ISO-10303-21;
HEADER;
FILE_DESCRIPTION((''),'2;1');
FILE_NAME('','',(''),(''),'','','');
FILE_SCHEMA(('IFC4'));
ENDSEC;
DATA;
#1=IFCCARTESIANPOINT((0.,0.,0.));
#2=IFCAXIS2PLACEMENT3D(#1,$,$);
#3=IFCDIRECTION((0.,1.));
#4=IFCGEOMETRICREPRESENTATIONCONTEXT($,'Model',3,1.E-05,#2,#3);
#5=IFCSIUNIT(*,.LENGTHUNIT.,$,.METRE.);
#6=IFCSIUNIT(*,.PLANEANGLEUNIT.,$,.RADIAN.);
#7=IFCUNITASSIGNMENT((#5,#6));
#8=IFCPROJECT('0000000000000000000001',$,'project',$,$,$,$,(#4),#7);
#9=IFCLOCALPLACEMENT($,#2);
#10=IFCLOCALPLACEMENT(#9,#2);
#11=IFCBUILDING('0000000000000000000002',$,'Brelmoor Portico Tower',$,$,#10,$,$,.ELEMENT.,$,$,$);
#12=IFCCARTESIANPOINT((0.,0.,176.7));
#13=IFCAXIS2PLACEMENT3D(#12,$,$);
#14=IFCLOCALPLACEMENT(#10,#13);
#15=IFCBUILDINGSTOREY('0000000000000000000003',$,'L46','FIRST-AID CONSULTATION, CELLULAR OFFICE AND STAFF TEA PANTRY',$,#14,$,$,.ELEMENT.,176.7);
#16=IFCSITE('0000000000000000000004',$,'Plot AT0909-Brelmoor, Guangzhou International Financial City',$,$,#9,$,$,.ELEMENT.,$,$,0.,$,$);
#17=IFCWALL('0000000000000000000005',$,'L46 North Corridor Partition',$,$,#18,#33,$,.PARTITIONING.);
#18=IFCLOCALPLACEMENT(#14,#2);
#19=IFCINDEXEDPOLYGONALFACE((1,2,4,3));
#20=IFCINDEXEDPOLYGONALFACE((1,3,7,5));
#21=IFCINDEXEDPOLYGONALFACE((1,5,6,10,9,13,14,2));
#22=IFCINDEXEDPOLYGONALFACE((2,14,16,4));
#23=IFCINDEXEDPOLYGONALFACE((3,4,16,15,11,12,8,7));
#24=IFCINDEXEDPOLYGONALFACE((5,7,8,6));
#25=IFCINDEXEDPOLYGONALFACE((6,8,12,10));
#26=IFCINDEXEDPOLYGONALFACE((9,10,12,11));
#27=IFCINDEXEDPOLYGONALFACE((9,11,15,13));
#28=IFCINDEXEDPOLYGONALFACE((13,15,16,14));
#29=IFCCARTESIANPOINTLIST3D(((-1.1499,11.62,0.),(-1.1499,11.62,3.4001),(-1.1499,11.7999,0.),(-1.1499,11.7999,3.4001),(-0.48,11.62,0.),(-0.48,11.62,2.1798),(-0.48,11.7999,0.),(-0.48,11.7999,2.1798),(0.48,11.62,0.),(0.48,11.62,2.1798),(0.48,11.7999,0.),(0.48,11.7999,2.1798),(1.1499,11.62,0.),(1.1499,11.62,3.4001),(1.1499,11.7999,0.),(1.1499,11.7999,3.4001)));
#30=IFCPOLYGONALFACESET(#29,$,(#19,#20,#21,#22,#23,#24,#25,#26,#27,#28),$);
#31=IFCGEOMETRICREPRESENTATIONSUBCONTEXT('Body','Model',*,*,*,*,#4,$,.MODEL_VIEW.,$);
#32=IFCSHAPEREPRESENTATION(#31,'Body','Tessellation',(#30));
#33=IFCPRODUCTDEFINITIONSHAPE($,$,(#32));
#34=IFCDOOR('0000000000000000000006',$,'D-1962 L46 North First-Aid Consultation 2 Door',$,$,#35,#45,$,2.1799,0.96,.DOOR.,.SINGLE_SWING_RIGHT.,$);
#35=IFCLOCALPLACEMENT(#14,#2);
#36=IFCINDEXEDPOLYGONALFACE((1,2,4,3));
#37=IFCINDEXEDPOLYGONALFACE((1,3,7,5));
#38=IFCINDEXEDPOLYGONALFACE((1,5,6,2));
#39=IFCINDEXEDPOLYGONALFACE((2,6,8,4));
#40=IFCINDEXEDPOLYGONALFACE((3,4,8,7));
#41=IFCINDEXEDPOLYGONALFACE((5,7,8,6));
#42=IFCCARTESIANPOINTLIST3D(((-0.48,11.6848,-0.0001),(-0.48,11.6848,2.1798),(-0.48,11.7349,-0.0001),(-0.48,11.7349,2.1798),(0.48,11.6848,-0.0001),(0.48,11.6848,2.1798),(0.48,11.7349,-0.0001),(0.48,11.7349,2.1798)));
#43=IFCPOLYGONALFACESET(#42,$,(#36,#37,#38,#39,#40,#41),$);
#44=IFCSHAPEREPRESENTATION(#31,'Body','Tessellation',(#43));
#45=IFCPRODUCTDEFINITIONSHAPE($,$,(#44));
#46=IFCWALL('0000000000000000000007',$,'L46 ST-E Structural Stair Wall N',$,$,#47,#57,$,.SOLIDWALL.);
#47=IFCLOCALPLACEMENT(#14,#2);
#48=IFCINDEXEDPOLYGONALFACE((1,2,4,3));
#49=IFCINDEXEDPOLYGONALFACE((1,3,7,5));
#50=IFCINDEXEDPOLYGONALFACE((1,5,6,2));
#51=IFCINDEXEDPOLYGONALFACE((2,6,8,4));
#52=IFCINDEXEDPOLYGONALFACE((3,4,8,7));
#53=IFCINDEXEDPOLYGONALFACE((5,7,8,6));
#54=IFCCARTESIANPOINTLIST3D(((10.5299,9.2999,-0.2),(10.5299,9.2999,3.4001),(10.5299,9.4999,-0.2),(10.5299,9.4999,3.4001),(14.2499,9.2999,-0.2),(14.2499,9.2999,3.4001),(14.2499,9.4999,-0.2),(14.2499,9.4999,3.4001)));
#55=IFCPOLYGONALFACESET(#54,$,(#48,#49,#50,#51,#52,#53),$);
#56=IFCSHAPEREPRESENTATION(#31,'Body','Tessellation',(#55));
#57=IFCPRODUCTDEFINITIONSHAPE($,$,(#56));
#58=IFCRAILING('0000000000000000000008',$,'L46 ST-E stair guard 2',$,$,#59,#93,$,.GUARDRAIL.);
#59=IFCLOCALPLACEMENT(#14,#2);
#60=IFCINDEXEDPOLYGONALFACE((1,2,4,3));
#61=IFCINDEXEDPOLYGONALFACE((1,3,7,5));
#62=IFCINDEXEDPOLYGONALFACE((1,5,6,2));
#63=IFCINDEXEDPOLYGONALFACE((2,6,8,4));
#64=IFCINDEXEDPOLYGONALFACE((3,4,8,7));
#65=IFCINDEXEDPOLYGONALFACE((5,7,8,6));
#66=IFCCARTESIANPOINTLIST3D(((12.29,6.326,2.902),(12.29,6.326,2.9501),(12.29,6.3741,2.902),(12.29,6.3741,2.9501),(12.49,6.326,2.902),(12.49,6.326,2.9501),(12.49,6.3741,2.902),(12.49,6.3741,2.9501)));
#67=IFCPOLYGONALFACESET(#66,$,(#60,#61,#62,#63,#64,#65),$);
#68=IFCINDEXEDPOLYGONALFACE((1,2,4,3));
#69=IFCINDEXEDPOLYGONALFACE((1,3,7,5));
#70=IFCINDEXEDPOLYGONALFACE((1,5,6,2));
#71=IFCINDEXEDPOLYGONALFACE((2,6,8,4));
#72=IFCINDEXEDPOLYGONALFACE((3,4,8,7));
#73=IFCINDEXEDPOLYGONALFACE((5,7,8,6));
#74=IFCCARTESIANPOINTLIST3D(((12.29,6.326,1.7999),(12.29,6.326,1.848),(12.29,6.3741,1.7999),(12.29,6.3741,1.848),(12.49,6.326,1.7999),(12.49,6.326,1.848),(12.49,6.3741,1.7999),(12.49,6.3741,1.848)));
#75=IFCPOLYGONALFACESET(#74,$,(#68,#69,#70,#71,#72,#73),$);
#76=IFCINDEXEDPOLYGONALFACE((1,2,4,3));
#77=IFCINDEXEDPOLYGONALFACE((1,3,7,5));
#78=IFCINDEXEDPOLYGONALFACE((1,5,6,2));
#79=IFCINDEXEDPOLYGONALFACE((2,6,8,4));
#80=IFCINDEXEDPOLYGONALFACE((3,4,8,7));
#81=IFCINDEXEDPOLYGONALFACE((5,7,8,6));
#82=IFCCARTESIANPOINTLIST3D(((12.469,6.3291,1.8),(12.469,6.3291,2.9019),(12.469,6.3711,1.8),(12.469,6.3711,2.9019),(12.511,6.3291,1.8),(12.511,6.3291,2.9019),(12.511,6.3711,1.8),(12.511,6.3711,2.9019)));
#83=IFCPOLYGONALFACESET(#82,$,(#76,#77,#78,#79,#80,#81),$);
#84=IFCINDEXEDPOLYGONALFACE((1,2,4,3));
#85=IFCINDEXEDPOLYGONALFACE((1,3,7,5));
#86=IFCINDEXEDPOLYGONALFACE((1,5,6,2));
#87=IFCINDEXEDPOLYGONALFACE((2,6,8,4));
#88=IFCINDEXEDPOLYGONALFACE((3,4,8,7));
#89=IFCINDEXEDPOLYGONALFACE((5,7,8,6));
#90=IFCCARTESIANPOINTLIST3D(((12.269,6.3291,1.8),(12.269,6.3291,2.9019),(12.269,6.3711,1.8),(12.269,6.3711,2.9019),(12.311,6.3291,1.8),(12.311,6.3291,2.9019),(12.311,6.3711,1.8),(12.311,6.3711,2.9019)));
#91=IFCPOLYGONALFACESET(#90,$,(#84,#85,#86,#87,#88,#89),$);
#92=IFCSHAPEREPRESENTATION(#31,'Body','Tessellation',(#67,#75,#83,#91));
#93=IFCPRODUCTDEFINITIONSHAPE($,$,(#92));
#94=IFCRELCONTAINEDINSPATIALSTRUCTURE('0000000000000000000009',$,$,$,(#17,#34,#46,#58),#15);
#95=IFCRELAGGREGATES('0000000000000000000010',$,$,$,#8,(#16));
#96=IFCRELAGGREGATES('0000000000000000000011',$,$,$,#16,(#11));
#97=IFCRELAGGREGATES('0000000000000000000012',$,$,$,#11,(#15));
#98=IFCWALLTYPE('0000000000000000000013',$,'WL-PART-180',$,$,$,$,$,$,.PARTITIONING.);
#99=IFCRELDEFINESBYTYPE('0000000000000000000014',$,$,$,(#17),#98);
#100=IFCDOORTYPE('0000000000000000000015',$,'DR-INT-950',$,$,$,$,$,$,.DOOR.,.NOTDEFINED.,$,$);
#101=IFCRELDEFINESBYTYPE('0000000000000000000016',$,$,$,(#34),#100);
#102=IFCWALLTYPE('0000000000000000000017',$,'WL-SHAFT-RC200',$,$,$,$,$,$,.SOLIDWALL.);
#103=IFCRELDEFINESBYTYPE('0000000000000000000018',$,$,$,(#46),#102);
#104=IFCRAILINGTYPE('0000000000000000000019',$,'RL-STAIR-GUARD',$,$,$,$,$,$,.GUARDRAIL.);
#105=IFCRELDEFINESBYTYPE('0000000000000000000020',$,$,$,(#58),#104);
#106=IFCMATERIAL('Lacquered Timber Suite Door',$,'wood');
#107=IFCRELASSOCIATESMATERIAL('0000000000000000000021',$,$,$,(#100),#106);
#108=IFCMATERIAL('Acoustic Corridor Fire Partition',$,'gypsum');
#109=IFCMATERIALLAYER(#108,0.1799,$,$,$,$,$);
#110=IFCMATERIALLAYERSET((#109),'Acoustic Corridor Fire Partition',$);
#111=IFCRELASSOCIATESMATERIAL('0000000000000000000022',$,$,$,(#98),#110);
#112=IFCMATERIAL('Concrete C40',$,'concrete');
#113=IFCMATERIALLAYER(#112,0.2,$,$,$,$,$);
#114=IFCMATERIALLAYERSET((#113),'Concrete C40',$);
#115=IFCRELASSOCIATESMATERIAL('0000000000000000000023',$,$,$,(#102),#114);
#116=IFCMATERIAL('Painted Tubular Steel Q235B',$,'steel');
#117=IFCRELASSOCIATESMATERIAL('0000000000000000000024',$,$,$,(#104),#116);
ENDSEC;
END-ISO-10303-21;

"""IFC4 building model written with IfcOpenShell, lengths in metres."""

from ifc_helpers import new_model, si_unit, direction, frame, frame_2d, origin, origin_2d, place, context, subcontext, project, spatial, rectangle, extrude, material, layer, layer_set, type_object, element, fill, save


model = new_model("IFC4")

# Units and contexts
model_context = context("Model", 3, precision=1e-05, world=origin(), true_north=direction((0.0, 1.0)))
body_context = subcontext(model_context, "Body", "Model", "MODEL_VIEW")
ifc_project = project(units=[si_unit("LENGTHUNIT", "METRE"), si_unit("PLANEANGLEUNIT", "RADIAN")], contexts=[model_context])

# Site, building, storey
site_placement = place(None, origin())
site = spatial("IfcSite", under=ifc_project, at=site_placement, Name="Plot AT0909-Brelmoor, Guangzhou International Financial City", CompositionType="ELEMENT", RefElevation=0.0)
building_placement = place(site_placement, origin())
building = spatial("IfcBuilding", under=site, at=building_placement, Name="Brelmoor Portico Tower", CompositionType="ELEMENT")
storey_placement = place(building_placement, frame((0.0, 0.0, 176.7)))
storey = spatial("IfcBuildingStorey", under=building, at=storey_placement, Name="L46", Description="FIRST-AID CONSULTATION, CELLULAR OFFICE AND STAFF TEA PANTRY", CompositionType="ELEMENT", Elevation=176.7)

# Shared definitions
ifc_material_1 = material(Name="Lacquered Timber Suite Door", Category="wood")
door_type = type_object("IfcDoorType", Name="DR-INT-950", OperationType="NOTDEFINED", PredefinedType="DOOR", material=ifc_material_1)

# Shared definitions
ifc_material_2 = material(Name="Acoustic Corridor Fire Partition", Category="gypsum")
ifc_layer_1 = layer(ifc_material_2, 0.1799)
ifc_layer_set_1 = layer_set([ifc_layer_1], Name="Acoustic Corridor Fire Partition")
wall_type_1 = type_object("IfcWallType", Name="WL-PART-180", PredefinedType="PARTITIONING", material=ifc_layer_set_1)

# Wall, opening, door
wall_1_placement = place(storey_placement, frame((-1.1499, 11.71, 0.0), z_axis=(0.0, 0.0, 1.0), x_axis=(1.0, 0.0, 0.0)))
wall_1 = element("IfcWall", 1, at=wall_1_placement, inside=storey, type_object=wall_type_1, Name="L46 North Corridor Partition", PredefinedType="PARTITIONING", context=body_context, shape_type="SweptSolid", body=[
    extrude(rectangle(XDim=2.2998, YDim=0.1799, at=frame_2d((1.1499, 0.0))), origin(), (0.0, 0.0, 1.0), 3.4001),
])
opening_1_placement = place(wall_1_placement, frame((0.6699, 0.0, 0.0)))
opening_1 = element("IfcOpeningElement", 2, at=opening_1_placement, cuts=wall_1, PredefinedType="OPENING", context=body_context, shape_type="SweptSolid", body=[
    extrude(rectangle(XDim=0.96, YDim=2.1799, at=frame_2d((0.48, 1.0898))), frame((0.0, 0.0999, 0.0), z_axis=(0.0, -1.0, 0.0), x_axis=(1.0, 0.0, 0.0)), (0.0, 0.0, 1.0), 0.2),
])
door_1_placement = place(opening_1_placement, origin())
door_1 = element("IfcDoor", 3, at=door_1_placement, inside=storey, type_object=door_type, Name="D-1962 L46 North First-Aid Consultation 2 Door", OperationType="SINGLE_SWING_RIGHT", OverallHeight=2.1799, OverallWidth=0.96, PredefinedType="DOOR", context=body_context, shape_type="SweptSolid", body=[
    extrude(rectangle(XDim=0.96, YDim=2.1799, at=frame_2d((0.48, 1.0898))), frame((0.0, 0.0249, 0.0), z_axis=(0.0, -1.0, 0.0), x_axis=(1.0, 0.0, 0.0)), (0.0, 0.0, 1.0), 0.05),
])
fill(opening_1, door_1)

# Wall
ifc_material_3 = material(Name="Concrete C40", Category="concrete")
ifc_layer_2 = layer(ifc_material_3, 0.2)
ifc_layer_set_2 = layer_set([ifc_layer_2], Name="Concrete C40")
wall_type_2 = type_object("IfcWallType", Name="WL-SHAFT-RC200", PredefinedType="SOLIDWALL", material=ifc_layer_set_2)
wall_2_placement = place(storey_placement, frame((10.53, 9.3999, -0.2), z_axis=(0.0, 0.0, 1.0), x_axis=(1.0, 0.0, 0.0)))
element("IfcWall", 4, at=wall_2_placement, inside=storey, type_object=wall_type_2, Name="L46 ST-E Structural Stair Wall N", PredefinedType="SOLIDWALL", context=body_context, shape_type="SweptSolid", body=[
    extrude(rectangle(XDim=3.72, YDim=0.2, at=frame_2d((1.8599, 0.0))), origin(), (0.0, 0.0, 1.0), 3.6001),
])

# Railing
ifc_material_4 = material(Name="Painted Tubular Steel Q235B", Category="steel")
railing_type = type_object("IfcRailingType", Name="RL-STAIR-GUARD", PredefinedType="GUARDRAIL", material=ifc_material_4)
railing_placement = place(storey_placement, frame((12.49, 6.3501, 1.8)))
element("IfcRailing", 5, at=railing_placement, inside=storey, type_object=railing_type, Name="L46 ST-E stair guard 2", PredefinedType="GUARDRAIL", context=body_context, shape_type="SweptSolid", body=[
    extrude(rectangle(XDim=0.0481, YDim=0.0481, at=origin_2d()), frame((0.0, 0.0, 1.126), z_axis=(-1.0, 0.0, 0.0), x_axis=(0.0, -1.0, 0.0)), (0.0, 0.0, 1.0), 0.2),
    extrude(rectangle(XDim=0.0481, YDim=0.0481, at=origin_2d()), frame((0.0, 0.0, 0.0239), z_axis=(-1.0, 0.0, 0.0), x_axis=(0.0, -1.0, 0.0)), (0.0, 0.0, 1.0), 0.2),
    extrude(rectangle(XDim=0.042, YDim=0.042, at=origin_2d()), origin(), (0.0, 0.0, 1.0), 1.1018),
    extrude(rectangle(XDim=0.042, YDim=0.042, at=origin_2d()), frame((-0.2, 0.0, 0.0)), (0.0, 0.0, 1.0), 1.1018),
])

save(model, "model.ifc")
